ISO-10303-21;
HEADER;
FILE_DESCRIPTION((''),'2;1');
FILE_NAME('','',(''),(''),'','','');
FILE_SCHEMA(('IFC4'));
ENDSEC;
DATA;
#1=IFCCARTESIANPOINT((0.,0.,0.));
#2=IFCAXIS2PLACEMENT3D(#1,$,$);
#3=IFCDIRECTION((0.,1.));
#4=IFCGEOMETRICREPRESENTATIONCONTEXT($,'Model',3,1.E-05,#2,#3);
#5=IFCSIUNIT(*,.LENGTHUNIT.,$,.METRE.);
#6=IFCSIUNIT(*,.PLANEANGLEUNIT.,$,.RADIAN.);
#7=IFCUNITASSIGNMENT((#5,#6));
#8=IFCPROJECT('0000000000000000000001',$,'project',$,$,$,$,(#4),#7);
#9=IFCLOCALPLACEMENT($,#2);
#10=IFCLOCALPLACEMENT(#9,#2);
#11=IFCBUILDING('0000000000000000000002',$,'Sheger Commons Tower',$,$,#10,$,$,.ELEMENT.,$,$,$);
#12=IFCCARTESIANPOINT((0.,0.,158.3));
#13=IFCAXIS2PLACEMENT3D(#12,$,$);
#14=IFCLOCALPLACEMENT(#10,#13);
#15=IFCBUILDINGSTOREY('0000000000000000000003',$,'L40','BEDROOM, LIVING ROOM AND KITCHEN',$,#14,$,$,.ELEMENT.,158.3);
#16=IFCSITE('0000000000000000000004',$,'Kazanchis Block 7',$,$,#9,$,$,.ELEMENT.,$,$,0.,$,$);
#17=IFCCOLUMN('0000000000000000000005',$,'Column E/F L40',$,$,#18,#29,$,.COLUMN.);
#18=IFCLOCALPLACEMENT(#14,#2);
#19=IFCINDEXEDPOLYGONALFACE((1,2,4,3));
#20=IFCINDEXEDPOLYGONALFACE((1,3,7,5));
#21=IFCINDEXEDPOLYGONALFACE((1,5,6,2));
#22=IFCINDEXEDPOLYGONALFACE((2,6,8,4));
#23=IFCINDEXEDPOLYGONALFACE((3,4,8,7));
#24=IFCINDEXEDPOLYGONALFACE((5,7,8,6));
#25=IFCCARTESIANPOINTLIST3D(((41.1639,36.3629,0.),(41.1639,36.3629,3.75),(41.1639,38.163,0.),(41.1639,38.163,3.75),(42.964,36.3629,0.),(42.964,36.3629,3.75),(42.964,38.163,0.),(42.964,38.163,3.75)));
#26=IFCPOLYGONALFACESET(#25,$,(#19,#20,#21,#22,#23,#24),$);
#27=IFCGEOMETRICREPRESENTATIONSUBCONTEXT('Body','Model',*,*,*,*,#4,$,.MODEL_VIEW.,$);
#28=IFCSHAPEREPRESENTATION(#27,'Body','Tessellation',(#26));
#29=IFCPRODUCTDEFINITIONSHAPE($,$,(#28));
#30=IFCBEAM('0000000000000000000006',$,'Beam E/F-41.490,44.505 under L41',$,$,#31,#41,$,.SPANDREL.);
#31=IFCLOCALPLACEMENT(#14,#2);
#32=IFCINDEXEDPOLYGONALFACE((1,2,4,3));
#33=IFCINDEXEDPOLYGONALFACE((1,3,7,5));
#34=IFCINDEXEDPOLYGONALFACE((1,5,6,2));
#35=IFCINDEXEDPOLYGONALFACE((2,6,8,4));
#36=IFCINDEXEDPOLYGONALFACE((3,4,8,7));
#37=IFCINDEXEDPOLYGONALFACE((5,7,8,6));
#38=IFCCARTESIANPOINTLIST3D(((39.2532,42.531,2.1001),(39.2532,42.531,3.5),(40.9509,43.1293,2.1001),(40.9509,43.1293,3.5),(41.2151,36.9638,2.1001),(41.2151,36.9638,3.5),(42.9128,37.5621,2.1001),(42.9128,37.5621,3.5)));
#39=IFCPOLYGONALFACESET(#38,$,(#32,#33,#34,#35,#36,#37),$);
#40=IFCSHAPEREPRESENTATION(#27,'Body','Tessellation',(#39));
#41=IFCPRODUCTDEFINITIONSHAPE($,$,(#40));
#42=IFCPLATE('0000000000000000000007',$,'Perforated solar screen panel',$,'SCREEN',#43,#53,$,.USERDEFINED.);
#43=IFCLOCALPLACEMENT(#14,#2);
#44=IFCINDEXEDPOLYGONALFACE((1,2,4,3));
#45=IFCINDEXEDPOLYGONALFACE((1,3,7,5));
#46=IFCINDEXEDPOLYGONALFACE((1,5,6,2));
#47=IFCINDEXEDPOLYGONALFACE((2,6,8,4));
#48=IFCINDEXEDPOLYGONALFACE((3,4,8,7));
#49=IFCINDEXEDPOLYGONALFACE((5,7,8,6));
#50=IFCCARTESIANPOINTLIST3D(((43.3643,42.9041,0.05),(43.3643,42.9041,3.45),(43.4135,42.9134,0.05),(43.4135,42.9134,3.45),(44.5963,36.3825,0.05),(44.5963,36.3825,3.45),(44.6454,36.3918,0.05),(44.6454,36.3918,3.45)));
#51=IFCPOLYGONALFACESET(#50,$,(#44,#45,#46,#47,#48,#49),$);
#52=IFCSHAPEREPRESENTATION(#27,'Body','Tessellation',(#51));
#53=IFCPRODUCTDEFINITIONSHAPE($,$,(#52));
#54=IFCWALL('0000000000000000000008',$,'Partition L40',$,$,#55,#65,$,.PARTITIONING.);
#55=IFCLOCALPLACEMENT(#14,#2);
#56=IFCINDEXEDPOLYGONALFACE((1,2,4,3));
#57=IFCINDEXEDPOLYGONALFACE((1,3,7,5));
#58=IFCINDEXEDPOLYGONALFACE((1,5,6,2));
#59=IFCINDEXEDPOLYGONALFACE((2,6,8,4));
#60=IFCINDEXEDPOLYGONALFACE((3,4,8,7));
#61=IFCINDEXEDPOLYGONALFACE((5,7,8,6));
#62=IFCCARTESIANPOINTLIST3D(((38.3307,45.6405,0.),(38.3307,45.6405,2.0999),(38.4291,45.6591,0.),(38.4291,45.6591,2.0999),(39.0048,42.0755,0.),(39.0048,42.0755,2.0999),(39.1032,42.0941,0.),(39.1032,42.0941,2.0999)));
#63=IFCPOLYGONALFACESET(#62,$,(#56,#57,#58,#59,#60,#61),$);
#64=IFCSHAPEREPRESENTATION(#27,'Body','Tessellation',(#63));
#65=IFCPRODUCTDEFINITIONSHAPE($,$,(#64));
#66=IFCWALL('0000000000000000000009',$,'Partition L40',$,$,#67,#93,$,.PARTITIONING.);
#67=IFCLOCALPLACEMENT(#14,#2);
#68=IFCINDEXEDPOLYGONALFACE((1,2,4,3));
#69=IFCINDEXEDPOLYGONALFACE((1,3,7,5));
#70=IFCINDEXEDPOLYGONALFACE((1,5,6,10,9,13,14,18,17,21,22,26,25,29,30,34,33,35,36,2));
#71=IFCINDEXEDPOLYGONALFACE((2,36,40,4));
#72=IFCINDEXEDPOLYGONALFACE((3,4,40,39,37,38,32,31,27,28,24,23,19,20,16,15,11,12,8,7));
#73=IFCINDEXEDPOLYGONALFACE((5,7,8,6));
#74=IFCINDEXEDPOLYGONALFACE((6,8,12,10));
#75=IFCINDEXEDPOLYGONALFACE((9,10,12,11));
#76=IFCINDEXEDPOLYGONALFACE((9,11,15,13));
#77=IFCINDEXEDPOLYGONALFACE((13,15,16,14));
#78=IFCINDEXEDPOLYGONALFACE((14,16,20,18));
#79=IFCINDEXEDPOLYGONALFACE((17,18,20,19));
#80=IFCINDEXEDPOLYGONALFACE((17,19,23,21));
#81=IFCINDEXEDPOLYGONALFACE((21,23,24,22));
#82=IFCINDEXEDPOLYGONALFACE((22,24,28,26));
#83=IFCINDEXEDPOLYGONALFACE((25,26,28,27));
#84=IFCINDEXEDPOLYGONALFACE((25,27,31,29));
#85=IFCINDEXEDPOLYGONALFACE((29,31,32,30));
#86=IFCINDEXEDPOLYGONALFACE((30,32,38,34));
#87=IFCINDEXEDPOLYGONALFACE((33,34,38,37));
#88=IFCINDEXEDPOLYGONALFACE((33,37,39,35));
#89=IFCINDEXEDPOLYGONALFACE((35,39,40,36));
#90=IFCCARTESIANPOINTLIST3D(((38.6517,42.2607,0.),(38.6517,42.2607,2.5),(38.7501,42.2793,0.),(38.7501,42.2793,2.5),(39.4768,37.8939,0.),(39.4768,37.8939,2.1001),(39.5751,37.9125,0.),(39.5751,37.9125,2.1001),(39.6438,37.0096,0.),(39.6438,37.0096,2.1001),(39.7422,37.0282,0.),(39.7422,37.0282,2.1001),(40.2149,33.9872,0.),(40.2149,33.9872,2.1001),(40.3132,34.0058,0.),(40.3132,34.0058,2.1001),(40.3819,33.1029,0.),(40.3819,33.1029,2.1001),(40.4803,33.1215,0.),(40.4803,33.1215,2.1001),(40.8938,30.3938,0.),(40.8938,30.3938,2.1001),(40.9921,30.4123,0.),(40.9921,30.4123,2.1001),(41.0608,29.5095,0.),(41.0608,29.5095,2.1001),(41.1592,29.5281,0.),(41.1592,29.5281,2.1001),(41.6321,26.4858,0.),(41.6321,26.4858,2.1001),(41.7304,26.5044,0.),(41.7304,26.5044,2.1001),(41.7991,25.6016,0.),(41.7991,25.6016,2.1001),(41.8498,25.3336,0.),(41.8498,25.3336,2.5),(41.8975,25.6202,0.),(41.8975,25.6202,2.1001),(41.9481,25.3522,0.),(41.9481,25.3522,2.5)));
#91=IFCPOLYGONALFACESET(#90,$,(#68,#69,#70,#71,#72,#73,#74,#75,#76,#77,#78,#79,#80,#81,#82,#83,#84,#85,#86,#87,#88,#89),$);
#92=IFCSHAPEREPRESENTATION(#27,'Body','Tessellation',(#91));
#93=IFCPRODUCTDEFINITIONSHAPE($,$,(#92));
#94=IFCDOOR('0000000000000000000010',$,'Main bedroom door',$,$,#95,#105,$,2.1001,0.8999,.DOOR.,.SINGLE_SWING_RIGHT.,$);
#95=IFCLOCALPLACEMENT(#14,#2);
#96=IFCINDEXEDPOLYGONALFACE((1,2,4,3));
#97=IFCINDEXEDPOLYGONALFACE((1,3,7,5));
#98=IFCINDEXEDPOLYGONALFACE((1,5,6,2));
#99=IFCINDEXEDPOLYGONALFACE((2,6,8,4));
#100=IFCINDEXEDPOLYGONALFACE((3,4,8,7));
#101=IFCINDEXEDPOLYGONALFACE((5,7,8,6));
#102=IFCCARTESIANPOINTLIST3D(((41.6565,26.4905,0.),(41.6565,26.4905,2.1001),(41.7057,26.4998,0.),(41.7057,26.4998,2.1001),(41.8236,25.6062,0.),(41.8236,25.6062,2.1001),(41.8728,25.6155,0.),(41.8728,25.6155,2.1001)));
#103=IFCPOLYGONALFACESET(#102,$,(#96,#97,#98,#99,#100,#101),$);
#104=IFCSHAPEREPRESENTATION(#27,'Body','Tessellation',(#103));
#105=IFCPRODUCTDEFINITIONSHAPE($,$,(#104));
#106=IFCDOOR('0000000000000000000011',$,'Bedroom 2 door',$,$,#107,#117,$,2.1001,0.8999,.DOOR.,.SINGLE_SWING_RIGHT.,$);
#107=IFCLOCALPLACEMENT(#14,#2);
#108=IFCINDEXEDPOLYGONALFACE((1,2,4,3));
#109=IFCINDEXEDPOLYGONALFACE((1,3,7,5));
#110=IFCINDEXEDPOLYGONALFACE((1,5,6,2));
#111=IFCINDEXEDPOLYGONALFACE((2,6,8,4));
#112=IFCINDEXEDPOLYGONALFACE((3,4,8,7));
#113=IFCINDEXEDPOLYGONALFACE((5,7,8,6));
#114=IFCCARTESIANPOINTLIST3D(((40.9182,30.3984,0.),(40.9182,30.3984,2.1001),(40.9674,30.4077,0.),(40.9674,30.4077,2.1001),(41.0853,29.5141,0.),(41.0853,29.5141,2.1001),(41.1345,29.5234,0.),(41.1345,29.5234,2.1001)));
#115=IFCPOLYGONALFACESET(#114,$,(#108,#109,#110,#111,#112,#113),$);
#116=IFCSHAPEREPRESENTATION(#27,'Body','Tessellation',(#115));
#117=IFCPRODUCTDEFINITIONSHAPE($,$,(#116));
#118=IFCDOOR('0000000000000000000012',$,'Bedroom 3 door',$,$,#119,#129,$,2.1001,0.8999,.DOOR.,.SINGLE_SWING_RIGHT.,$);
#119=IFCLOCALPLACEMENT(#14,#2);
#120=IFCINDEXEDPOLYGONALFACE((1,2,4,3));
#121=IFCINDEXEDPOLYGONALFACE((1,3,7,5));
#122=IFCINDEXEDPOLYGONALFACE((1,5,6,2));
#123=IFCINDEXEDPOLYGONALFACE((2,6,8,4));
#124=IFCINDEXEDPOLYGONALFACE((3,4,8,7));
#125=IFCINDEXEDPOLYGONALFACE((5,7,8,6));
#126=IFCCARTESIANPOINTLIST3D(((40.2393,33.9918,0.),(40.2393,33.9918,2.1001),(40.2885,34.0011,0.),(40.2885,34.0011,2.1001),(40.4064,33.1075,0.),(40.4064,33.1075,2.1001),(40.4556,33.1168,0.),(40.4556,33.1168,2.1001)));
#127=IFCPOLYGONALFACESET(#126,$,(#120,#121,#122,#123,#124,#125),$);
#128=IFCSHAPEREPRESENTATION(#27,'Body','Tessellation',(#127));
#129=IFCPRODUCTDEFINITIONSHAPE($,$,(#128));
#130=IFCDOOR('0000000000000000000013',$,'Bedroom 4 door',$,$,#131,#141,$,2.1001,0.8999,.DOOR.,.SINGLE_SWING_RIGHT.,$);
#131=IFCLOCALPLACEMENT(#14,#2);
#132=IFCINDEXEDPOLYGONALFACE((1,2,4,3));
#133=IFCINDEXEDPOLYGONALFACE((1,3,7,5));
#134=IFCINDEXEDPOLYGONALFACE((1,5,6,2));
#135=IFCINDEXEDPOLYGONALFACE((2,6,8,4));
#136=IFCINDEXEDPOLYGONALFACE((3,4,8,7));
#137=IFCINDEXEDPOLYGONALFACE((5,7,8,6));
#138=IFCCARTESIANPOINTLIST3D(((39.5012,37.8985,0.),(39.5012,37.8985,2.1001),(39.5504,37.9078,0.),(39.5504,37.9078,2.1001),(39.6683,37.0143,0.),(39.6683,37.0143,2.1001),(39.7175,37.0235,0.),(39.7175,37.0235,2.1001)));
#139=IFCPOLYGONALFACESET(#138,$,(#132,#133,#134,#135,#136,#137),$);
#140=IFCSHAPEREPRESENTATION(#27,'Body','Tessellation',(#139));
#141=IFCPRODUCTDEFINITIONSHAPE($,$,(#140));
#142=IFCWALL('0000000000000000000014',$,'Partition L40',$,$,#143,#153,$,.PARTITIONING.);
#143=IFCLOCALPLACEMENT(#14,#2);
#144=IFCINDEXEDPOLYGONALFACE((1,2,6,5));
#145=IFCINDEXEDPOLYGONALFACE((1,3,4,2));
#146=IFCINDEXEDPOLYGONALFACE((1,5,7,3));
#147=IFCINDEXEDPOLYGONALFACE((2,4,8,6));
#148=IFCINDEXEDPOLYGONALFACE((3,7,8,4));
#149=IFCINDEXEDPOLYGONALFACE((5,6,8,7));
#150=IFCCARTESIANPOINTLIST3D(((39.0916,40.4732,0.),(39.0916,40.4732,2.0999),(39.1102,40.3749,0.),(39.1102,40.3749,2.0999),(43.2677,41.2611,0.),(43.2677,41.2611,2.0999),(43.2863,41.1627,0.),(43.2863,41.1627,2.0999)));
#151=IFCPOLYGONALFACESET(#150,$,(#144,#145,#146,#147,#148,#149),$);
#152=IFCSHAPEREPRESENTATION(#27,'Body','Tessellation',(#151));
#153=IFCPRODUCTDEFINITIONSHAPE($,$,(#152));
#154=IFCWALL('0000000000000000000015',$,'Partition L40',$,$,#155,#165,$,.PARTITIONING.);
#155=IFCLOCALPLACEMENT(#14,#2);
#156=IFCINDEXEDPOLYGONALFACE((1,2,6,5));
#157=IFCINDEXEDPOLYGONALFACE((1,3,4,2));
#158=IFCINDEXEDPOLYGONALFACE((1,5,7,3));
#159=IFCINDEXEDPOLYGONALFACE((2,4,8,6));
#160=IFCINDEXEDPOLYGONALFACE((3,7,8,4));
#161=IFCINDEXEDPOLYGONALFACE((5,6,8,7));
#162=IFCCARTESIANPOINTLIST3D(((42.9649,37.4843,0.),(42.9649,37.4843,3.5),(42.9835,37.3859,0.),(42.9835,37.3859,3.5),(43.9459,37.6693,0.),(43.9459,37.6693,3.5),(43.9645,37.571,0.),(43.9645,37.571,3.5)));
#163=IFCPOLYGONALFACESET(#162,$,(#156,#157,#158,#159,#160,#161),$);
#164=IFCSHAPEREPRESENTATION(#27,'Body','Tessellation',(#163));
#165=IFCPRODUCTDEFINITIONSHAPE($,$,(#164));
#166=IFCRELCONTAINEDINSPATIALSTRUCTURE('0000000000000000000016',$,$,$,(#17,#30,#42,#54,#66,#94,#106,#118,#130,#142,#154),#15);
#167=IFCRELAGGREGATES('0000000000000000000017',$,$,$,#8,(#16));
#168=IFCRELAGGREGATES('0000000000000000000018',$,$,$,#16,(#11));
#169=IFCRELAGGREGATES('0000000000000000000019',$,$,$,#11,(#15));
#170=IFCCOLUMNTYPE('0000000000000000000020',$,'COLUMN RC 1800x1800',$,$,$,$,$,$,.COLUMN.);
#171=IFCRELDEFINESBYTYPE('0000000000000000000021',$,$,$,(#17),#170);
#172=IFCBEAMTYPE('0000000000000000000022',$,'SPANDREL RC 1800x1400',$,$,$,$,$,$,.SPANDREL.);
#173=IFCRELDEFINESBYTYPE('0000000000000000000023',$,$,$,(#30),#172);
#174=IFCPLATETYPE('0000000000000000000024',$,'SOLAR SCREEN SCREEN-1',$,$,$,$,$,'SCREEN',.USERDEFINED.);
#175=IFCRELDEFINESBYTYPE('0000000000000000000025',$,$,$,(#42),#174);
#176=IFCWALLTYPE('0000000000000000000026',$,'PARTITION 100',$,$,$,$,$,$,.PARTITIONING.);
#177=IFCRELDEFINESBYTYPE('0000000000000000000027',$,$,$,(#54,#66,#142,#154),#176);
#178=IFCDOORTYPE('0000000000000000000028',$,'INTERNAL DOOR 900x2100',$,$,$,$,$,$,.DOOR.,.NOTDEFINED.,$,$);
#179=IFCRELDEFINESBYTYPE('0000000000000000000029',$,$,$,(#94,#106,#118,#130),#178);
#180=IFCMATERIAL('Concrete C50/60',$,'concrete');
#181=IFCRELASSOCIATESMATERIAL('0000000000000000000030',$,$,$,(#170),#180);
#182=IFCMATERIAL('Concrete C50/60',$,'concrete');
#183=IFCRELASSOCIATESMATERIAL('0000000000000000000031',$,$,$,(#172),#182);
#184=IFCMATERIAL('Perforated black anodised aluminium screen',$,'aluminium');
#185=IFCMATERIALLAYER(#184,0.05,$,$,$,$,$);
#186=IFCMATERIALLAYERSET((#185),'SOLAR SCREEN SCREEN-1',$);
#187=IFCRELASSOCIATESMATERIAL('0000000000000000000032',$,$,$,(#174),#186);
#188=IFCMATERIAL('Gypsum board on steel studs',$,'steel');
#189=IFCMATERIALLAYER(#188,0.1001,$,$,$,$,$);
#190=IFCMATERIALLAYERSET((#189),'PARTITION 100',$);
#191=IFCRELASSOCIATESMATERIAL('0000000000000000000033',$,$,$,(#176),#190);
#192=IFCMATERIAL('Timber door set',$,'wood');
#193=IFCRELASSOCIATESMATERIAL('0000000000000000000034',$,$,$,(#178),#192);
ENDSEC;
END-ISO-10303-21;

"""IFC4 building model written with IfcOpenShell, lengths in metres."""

from ifc_helpers import new_model, si_unit, direction, frame, frame_2d, origin, origin_2d, place, context, subcontext, project, spatial, rectangle, extrude, material, layer, layer_set, material_profile, profile_set, type_object, element, fill, save


model = new_model("IFC4")

# Units and contexts
model_context = context("Model", 3, precision=1e-05, world=origin(), true_north=direction((0.0, 1.0)))
body_context = subcontext(model_context, "Body", "Model", "MODEL_VIEW")
ifc_project = project(units=[si_unit("LENGTHUNIT", "METRE"), si_unit("PLANEANGLEUNIT", "RADIAN")], contexts=[model_context])

# Site, building, storey
site_placement = place(None, origin())
site = spatial("IfcSite", under=ifc_project, at=site_placement, Name="Kazanchis Block 7", CompositionType="ELEMENT", RefElevation=0.0)
building_placement = place(site_placement, origin())
building = spatial("IfcBuilding", under=site, at=building_placement, Name="Sheger Commons Tower", CompositionType="ELEMENT")
storey_placement = place(building_placement, frame((0.0, 0.0, 158.3)))
storey = spatial("IfcBuildingStorey", under=building, at=storey_placement, Name="L40", Description="BEDROOM, LIVING ROOM AND KITCHEN", CompositionType="ELEMENT", Elevation=158.3)

# Column
ifc_material_1 = material(Name="Concrete C50/60", Category="concrete")
ifc_material_profile_1 = material_profile(ifc_material_1, rectangle(XDim=1.8, YDim=1.8, at=origin_2d()), Name="RC 1800x1800")
ifc_profile_set_1 = profile_set([ifc_material_profile_1], Name="Concrete C50/60")
column_type = type_object("IfcColumnType", Name="COLUMN RC 1800x1800", PredefinedType="COLUMN", material=ifc_profile_set_1)
column_placement = place(storey_placement, frame((42.064, 37.2629, 0.0), z_axis=(0.0, 0.0, 1.0), x_axis=(1.0, 0.0, 0.0)))
element("IfcColumn", 1, at=column_placement, inside=storey, type_object=column_type, Name="Column E/F L40", PredefinedType="COLUMN", context=body_context, shape_type="SweptSolid", body=[
    extrude(rectangle(XDim=1.8, YDim=1.8, at=origin_2d()), origin(), (0.0, 0.0, 1.0), 3.75),
])

# Beam
ifc_material_2 = material(Name="Concrete C50/60", Category="concrete")
ifc_material_profile_2 = material_profile(ifc_material_2, rectangle(XDim=1.8, YDim=1.3999, at=origin_2d()), Name="RC 1800x1400")
ifc_profile_set_2 = profile_set([ifc_material_profile_2], Name="Concrete C50/60")
beam_type = type_object("IfcBeamType", Name="SPANDREL RC 1800x1400", PredefinedType="SPANDREL", material=ifc_profile_set_2)
beam_placement = place(storey_placement, frame((42.064, 37.2629, 2.8), z_axis=(-0.332374, 0.943148, 0.0), x_axis=(-0.943148, -0.332374, 0.0)))
element("IfcBeam", 2, at=beam_placement, inside=storey, type_object=beam_type, Name="Beam E/F-41.490,44.505 under L41", PredefinedType="SPANDREL", context=body_context, shape_type="SweptSolid", body=[
    extrude(rectangle(XDim=1.8, YDim=1.3999, at=origin_2d()), origin(), (0.0, 0.0, 1.0), 5.9028),
])

# Plate
ifc_material_3 = material(Name="Perforated black anodised aluminium screen", Category="aluminium")
ifc_layer_1 = layer(ifc_material_3, 0.05)
ifc_layer_set_1 = layer_set([ifc_layer_1], Name="SOLAR SCREEN SCREEN-1")
plate_type = type_object("IfcPlateType", Name="SOLAR SCREEN SCREEN-1", ElementType="SCREEN", PredefinedType="USERDEFINED", material=ifc_layer_set_1)
plate_placement = place(storey_placement, frame((44.0049, 39.6479, 0.05), z_axis=(0.0, 0.0, 1.0), x_axis=(-0.185615, 0.982623, 0.0)))
element("IfcPlate", 3, at=plate_placement, inside=storey, type_object=plate_type, Name="Perforated solar screen panel", ObjectType="SCREEN", PredefinedType="USERDEFINED", context=body_context, shape_type="SweptSolid", body=[
    extrude(rectangle(XDim=6.637, YDim=0.05, at=origin_2d()), origin(), (0.0, 0.0, 1.0), 3.3999),
])

# Wall
ifc_material_4 = material(Name="Gypsum board on steel studs", Category="steel")
ifc_layer_2 = layer(ifc_material_4, 0.1001)
ifc_layer_set_2 = layer_set([ifc_layer_2], Name="PARTITION 100")
wall_type = type_object("IfcWallType", Name="PARTITION 100", PredefinedType="PARTITIONING", material=ifc_layer_set_2)
wall_1_placement = place(storey_placement, frame((39.054, 42.085, 0.0), z_axis=(0.0, 0.0, 1.0), x_axis=(-0.185792, 0.982589, 0.0)))
element("IfcWall", 4, at=wall_1_placement, inside=storey, type_object=wall_type, Name="Partition L40", PredefinedType="PARTITIONING", context=body_context, shape_type="SweptSolid", body=[
    extrude(rectangle(XDim=3.6282, YDim=0.1001, at=frame_2d((1.814, 0.0))), origin(), (0.0, 0.0, 1.0), 2.0999),
])

# Wall, openings, doors
wall_2_placement = place(storey_placement, frame((38.7009, 42.27, 0.0), z_axis=(0.0, 0.0, 1.0), x_axis=(0.185645, -0.982617, 0.0)))
wall_2 = element("IfcWall", 5, at=wall_2_placement, inside=storey, type_object=wall_type, Name="Partition L40", PredefinedType="PARTITIONING", context=body_context, shape_type="SweptSolid", body=[
    extrude(rectangle(XDim=17.2266, YDim=0.1001, at=frame_2d((8.6133, 0.0))), origin(), (0.0, 0.0, 1.0), 2.5),
])
opening_1_placement = place(wall_2_placement, frame((16.054, 0.0, 0.0)))
opening_1 = element("IfcOpeningElement", 6, at=opening_1_placement, cuts=wall_2, PredefinedType="OPENING", context=body_context, shape_type="SweptSolid", body=[
    extrude(rectangle(XDim=0.8999, YDim=2.1001, at=frame_2d((0.45, 1.05))), frame((0.0, 0.0601, 0.0), z_axis=(0.0, -1.0, 0.0), x_axis=(1.0, 0.0, 0.0)), (0.0, 0.0, 1.0), 0.1201),
])
opening_2_placement = place(wall_2_placement, frame((12.0769, 0.0, 0.0)))
opening_2 = element("IfcOpeningElement", 7, at=opening_2_placement, cuts=wall_2, PredefinedType="OPENING", context=body_context, shape_type="SweptSolid", body=[
    extrude(rectangle(XDim=0.8999, YDim=2.1001, at=frame_2d((0.45, 1.05))), frame((0.0, 0.0601, 0.0), z_axis=(0.0, -1.0, 0.0), x_axis=(1.0, 0.0, 0.0)), (0.0, 0.0, 1.0), 0.1201),
])
opening_3_placement = place(wall_2_placement, frame((8.4199, 0.0, 0.0)))
opening_3 = element("IfcOpeningElement", 8, at=opening_3_placement, cuts=wall_2, PredefinedType="OPENING", context=body_context, shape_type="SweptSolid", body=[
    extrude(rectangle(XDim=0.8999, YDim=2.1001, at=frame_2d((0.45, 1.05))), frame((0.0, 0.0601, 0.0), z_axis=(0.0, -1.0, 0.0), x_axis=(1.0, 0.0, 0.0)), (0.0, 0.0, 1.0), 0.1201),
])
opening_4_placement = place(wall_2_placement, frame((4.4441, 0.0, 0.0)))
opening_4 = element("IfcOpeningElement", 9, at=opening_4_placement, cuts=wall_2, PredefinedType="OPENING", context=body_context, shape_type="SweptSolid", body=[
    extrude(rectangle(XDim=0.8999, YDim=2.1001, at=frame_2d((0.45, 1.05))), frame((0.0, 0.0601, 0.0), z_axis=(0.0, -1.0, 0.0), x_axis=(1.0, 0.0, 0.0)), (0.0, 0.0, 1.0), 0.1201),
])
ifc_material_5 = material(Name="Timber door set", Category="wood")
door_type = type_object("IfcDoorType", Name="INTERNAL DOOR 900x2100", OperationType="NOTDEFINED", PredefinedType="DOOR", material=ifc_material_5)
door_1_placement = place(opening_1_placement, origin())
door_1 = element("IfcDoor", 10, at=door_1_placement, inside=storey, type_object=door_type, Name="Main bedroom door", OperationType="SINGLE_SWING_RIGHT", OverallHeight=2.1001, OverallWidth=0.8999, PredefinedType="DOOR", context=body_context, shape_type="SweptSolid", body=[
    extrude(rectangle(XDim=0.8999, YDim=2.1001, at=frame_2d((0.45, 1.05))), frame((0.0, 0.0249, 0.0), z_axis=(0.0, -1.0, 0.0), x_axis=(1.0, 0.0, 0.0)), (0.0, 0.0, 1.0), 0.05),
])
fill(opening_1, door_1)
door_2_placement = place(opening_2_placement, origin())
door_2 = element("IfcDoor", 11, at=door_2_placement, inside=storey, type_object=door_type, Name="Bedroom 2 door", OperationType="SINGLE_SWING_RIGHT", OverallHeight=2.1001, OverallWidth=0.8999, PredefinedType="DOOR", context=body_context, shape_type="SweptSolid", body=[
    extrude(rectangle(XDim=0.8999, YDim=2.1001, at=frame_2d((0.45, 1.05))), frame((0.0, 0.0249, 0.0), z_axis=(0.0, -1.0, 0.0), x_axis=(1.0, 0.0, 0.0)), (0.0, 0.0, 1.0), 0.05),
])
fill(opening_2, door_2)
door_3_placement = place(opening_3_placement, origin())
door_3 = element("IfcDoor", 12, at=door_3_placement, inside=storey, type_object=door_type, Name="Bedroom 3 door", OperationType="SINGLE_SWING_RIGHT", OverallHeight=2.1001, OverallWidth=0.8999, PredefinedType="DOOR", context=body_context, shape_type="SweptSolid", body=[
    extrude(rectangle(XDim=0.8999, YDim=2.1001, at=frame_2d((0.45, 1.05))), frame((0.0, 0.0249, 0.0), z_axis=(0.0, -1.0, 0.0), x_axis=(1.0, 0.0, 0.0)), (0.0, 0.0, 1.0), 0.05),
])
fill(opening_3, door_3)
door_4_placement = place(opening_4_placement, origin())
door_4 = element("IfcDoor", 13, at=door_4_placement, inside=storey, type_object=door_type, Name="Bedroom 4 door", OperationType="SINGLE_SWING_RIGHT", OverallHeight=2.1001, OverallWidth=0.8999, PredefinedType="DOOR", context=body_context, shape_type="SweptSolid", body=[
    extrude(rectangle(XDim=0.8999, YDim=2.1001, at=frame_2d((0.45, 1.05))), frame((0.0, 0.0249, 0.0), z_axis=(0.0, -1.0, 0.0), x_axis=(1.0, 0.0, 0.0)), (0.0, 0.0, 1.0), 0.05),
])
fill(opening_4, door_4)

# Walls
wall_3_placement = place(storey_placement, frame((43.2771, 41.2119, 0.0), z_axis=(0.0, 0.0, 1.0), x_axis=(-0.982665, -0.185388, 0.0)))
element("IfcWall", 14, at=wall_3_placement, inside=storey, type_object=wall_type, Name="Partition L40", PredefinedType="PARTITIONING", context=body_context, shape_type="SweptSolid", body=[
    extrude(rectangle(XDim=4.2498, YDim=0.1001, at=frame_2d((2.125, 0.0))), origin(), (0.0, 0.0, 1.0), 2.0999),
])
wall_4_placement = place(storey_placement, frame((43.9551, 37.6201, 0.0), z_axis=(0.0, 0.0, 1.0), x_axis=(-0.982667, -0.185381, 0.0)))
element("IfcWall", 15, at=wall_4_placement, inside=storey, type_object=wall_type, Name="Partition L40", PredefinedType="PARTITIONING", context=body_context, shape_type="SweptSolid", body=[
    extrude(rectangle(XDim=0.9983, YDim=0.1001, at=frame_2d((0.499, 0.0))), origin(), (0.0, 0.0, 1.0), 3.5),
])

save(model, "model.ifc")
